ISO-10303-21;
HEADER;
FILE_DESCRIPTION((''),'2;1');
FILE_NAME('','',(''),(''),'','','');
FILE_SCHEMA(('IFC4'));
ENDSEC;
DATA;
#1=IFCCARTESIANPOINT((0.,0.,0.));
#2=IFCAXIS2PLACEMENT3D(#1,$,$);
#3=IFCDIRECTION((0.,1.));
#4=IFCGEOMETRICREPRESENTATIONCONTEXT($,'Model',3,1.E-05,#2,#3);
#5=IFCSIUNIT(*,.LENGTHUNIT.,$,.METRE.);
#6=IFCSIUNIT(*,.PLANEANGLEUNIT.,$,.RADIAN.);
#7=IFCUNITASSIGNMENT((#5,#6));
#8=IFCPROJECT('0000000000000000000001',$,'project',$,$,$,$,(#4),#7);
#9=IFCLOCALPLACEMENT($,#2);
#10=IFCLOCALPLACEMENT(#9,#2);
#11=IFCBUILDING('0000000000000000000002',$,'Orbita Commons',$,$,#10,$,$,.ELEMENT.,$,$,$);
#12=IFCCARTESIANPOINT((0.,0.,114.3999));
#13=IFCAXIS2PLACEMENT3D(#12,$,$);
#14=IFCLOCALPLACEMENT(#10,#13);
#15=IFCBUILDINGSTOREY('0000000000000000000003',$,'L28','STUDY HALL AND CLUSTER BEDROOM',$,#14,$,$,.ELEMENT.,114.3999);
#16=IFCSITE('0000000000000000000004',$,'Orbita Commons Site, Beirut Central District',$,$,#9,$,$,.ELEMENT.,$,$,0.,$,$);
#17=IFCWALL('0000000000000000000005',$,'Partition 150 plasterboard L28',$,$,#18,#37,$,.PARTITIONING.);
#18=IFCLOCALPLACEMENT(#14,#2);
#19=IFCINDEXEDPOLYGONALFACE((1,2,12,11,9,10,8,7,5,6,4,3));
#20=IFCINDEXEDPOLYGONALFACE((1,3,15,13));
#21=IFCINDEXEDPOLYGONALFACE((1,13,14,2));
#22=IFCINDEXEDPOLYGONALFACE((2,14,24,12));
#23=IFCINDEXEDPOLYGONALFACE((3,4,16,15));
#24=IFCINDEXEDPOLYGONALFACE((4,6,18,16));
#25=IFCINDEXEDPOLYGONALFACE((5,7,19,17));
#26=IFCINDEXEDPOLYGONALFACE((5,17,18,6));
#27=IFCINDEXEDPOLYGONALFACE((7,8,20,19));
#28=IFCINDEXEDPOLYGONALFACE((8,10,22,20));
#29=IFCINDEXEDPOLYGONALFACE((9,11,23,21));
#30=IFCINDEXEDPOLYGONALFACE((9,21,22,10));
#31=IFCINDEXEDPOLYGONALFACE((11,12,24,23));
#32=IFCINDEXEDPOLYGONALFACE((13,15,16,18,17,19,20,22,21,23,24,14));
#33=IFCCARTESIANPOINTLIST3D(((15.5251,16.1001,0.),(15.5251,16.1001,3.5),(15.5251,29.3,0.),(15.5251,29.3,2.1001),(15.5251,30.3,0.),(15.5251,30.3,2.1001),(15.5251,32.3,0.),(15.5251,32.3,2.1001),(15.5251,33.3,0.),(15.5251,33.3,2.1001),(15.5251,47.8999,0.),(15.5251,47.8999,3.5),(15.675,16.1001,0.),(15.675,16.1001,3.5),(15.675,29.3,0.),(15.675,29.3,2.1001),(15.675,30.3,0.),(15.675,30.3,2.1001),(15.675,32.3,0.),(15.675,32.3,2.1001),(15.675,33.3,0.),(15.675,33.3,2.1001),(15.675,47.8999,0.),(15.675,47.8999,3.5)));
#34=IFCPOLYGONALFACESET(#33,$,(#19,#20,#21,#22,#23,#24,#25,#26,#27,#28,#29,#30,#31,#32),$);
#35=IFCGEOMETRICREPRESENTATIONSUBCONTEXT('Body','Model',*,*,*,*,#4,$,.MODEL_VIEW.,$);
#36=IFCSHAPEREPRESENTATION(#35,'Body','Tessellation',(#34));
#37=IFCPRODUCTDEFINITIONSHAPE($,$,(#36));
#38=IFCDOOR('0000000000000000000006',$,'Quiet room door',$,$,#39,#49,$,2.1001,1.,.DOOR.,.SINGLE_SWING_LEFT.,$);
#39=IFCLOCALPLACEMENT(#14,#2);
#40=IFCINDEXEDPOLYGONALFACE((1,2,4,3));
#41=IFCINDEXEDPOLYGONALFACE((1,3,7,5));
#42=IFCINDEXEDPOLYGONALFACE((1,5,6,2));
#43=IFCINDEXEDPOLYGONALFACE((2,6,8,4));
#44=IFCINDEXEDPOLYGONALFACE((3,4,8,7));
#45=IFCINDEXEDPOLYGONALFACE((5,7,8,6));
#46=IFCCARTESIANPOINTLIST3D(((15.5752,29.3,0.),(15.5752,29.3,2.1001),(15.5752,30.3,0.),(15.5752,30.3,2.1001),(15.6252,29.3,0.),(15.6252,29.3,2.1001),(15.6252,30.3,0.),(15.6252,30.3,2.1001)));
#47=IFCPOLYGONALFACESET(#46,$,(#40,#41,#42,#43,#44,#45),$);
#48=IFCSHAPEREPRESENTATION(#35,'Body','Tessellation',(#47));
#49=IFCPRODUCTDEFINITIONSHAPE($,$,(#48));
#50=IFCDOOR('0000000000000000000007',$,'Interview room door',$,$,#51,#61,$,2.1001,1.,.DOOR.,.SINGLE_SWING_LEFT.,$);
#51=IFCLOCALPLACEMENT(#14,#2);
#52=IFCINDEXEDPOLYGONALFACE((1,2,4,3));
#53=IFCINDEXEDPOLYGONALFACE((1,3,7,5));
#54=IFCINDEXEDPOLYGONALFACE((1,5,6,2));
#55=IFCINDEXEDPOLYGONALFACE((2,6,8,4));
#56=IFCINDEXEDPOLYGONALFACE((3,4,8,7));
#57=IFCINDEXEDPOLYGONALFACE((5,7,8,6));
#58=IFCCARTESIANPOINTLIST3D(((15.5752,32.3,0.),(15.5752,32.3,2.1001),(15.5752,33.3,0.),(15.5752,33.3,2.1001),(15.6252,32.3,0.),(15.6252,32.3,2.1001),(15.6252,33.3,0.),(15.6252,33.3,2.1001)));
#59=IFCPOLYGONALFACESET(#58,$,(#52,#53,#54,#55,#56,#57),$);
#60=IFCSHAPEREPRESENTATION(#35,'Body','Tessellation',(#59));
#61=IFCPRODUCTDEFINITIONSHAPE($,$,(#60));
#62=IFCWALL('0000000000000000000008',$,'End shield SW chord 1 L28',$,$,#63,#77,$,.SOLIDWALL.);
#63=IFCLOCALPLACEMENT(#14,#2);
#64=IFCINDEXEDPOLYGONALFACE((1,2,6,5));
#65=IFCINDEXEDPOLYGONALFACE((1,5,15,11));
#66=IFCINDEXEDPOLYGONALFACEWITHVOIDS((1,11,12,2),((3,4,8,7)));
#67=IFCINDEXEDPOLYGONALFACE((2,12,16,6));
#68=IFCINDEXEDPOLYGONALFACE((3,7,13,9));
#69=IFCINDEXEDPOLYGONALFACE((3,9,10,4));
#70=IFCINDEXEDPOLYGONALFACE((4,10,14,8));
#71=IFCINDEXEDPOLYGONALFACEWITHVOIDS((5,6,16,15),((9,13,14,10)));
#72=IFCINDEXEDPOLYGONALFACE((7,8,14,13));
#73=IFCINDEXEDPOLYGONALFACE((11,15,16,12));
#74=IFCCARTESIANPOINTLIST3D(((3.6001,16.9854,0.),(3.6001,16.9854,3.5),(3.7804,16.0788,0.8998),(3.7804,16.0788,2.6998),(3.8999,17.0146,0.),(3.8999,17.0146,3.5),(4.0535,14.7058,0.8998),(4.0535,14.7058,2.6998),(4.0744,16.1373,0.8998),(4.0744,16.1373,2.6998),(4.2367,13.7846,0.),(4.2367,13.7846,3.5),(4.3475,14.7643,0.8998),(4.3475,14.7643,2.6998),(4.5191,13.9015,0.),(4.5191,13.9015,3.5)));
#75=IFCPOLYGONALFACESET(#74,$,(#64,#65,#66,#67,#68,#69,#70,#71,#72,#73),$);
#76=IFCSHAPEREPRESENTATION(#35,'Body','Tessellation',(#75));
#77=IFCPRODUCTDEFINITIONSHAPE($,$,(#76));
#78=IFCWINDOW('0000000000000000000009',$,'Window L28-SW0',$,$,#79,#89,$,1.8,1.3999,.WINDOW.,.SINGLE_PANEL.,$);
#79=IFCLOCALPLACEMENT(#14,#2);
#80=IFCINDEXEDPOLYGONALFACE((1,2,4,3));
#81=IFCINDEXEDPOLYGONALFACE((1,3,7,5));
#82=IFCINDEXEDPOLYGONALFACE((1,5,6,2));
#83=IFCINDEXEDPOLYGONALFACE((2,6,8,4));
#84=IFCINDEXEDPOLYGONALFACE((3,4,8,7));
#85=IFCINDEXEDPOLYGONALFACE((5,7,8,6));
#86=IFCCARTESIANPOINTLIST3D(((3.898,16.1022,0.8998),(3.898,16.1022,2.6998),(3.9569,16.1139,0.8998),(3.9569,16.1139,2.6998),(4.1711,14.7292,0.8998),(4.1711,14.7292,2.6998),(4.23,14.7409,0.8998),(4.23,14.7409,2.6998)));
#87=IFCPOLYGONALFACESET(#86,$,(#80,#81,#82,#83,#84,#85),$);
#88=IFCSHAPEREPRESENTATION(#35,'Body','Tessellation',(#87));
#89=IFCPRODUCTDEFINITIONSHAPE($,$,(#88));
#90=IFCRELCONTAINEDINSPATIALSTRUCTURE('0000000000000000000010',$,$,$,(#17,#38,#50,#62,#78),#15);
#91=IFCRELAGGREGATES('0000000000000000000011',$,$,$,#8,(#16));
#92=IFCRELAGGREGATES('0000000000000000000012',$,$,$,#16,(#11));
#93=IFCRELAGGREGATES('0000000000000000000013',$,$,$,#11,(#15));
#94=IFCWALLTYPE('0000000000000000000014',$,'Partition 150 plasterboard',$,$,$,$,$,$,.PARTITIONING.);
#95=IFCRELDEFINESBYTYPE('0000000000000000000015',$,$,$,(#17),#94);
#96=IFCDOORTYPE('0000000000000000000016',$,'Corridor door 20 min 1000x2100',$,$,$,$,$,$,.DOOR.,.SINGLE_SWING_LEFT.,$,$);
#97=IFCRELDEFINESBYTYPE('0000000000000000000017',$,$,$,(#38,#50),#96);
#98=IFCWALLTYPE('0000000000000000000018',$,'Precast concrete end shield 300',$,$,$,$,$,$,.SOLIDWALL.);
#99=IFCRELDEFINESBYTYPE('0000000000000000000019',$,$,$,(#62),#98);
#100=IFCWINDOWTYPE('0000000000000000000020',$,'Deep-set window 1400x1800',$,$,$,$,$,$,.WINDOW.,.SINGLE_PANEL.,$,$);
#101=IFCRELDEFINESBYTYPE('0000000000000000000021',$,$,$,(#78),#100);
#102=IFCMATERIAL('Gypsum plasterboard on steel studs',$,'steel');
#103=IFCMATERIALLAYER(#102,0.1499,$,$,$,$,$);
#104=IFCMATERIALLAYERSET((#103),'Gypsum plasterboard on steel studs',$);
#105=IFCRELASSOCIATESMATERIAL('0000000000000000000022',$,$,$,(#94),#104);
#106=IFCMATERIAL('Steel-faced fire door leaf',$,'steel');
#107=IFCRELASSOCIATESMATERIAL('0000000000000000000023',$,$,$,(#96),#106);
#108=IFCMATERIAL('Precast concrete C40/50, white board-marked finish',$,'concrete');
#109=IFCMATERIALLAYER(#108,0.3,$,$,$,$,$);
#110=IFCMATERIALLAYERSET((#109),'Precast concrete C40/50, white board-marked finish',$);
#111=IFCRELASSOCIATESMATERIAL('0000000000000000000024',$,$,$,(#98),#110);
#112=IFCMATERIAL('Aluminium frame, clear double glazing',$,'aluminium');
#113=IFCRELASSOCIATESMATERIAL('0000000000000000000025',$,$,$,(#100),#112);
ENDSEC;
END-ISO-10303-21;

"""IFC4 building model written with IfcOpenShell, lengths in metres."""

from ifc_helpers import new_model, si_unit, direction, frame, frame_2d, origin, place, context, subcontext, project, spatial, polyline, rectangle, outline, extrude, material, layer, layer_set, type_object, element, fill, save


model = new_model("IFC4")

# Units and contexts
model_context = context("Model", 3, precision=1e-05, world=origin(), true_north=direction((0.0, 1.0)))
body_context = subcontext(model_context, "Body", "Model", "MODEL_VIEW")
ifc_project = project(units=[si_unit("LENGTHUNIT", "METRE"), si_unit("PLANEANGLEUNIT", "RADIAN")], contexts=[model_context])

# Site, building, storey
site_placement = place(None, origin())
site = spatial("IfcSite", under=ifc_project, at=site_placement, Name="Orbita Commons Site, Beirut Central District", CompositionType="ELEMENT", RefElevation=0.0)
building_placement = place(site_placement, origin())
building = spatial("IfcBuilding", under=site, at=building_placement, Name="Orbita Commons", CompositionType="ELEMENT")
storey_placement = place(building_placement, frame((0.0, 0.0, 114.3999)))
storey = spatial("IfcBuildingStorey", under=building, at=storey_placement, Name="L28", Description="STUDY HALL AND CLUSTER BEDROOM", CompositionType="ELEMENT", Elevation=114.3999)

# Wall, openings, doors
ifc_material_1 = material(Name="Gypsum plasterboard on steel studs", Category="steel")
ifc_layer_1 = layer(ifc_material_1, 0.1499)
ifc_layer_set_1 = layer_set([ifc_layer_1], Name="Gypsum plasterboard on steel studs")
wall_type_1 = type_object("IfcWallType", Name="Partition 150 plasterboard", PredefinedType="PARTITIONING", material=ifc_layer_set_1)
wall_1_placement = place(storey_placement, frame((15.6001, 16.1001, 0.0), z_axis=(0.0, 0.0, 1.0), x_axis=(0.0, 1.0, 0.0)))
wall_1 = element("IfcWall", 1, at=wall_1_placement, inside=storey, type_object=wall_type_1, Name="Partition 150 plasterboard L28", PredefinedType="PARTITIONING", context=body_context, shape_type="SweptSolid", body=[
    extrude(rectangle(XDim=31.7998, YDim=0.1499, at=frame_2d((15.8999, 0.0))), origin(), (0.0, 0.0, 1.0), 3.5),
])
opening_1_placement = place(wall_1_placement, frame((13.2, 0.0, 0.0)))
opening_1 = element("IfcOpeningElement", 2, at=opening_1_placement, cuts=wall_1, PredefinedType="OPENING", context=body_context, shape_type="SweptSolid", body=[
    extrude(rectangle(XDim=1.0, YDim=2.1001, at=frame_2d((0.5, 1.05))), frame((0.0, 0.085, 0.0), z_axis=(0.0, -1.0, 0.0), x_axis=(1.0, 0.0, 0.0)), (0.0, 0.0, 1.0), 0.1699),
])
opening_2_placement = place(wall_1_placement, frame((16.2, 0.0, 0.0)))
opening_2 = element("IfcOpeningElement", 3, at=opening_2_placement, cuts=wall_1, PredefinedType="OPENING", context=body_context, shape_type="SweptSolid", body=[
    extrude(rectangle(XDim=1.0, YDim=2.1001, at=frame_2d((0.5, 1.05))), frame((0.0, 0.085, 0.0), z_axis=(0.0, -1.0, 0.0), x_axis=(1.0, 0.0, 0.0)), (0.0, 0.0, 1.0), 0.1699),
])
ifc_material_2 = material(Name="Steel-faced fire door leaf", Category="steel")
door_type_1 = type_object("IfcDoorType", Name="Corridor door 20 min 1000x2100", OperationType="SINGLE_SWING_LEFT", PredefinedType="DOOR", material=ifc_material_2)
door_1_placement = place(opening_1_placement, origin())
door_1 = element("IfcDoor", 4, at=door_1_placement, inside=storey, type_object=door_type_1, Name="Quiet room door", OperationType="SINGLE_SWING_LEFT", OverallHeight=2.1001, OverallWidth=1.0, PredefinedType="DOOR", context=body_context, shape_type="SweptSolid", body=[
    extrude(rectangle(XDim=1.0, YDim=2.1001, at=frame_2d((0.5, 1.05))), frame((0.0, 0.0249, 0.0), z_axis=(0.0, -1.0, 0.0), x_axis=(1.0, 0.0, 0.0)), (0.0, 0.0, 1.0), 0.05),
])
fill(opening_1, door_1)
door_2_placement = place(opening_2_placement, origin())
door_2 = element("IfcDoor", 5, at=door_2_placement, inside=storey, type_object=door_type_1, Name="Interview room door", OperationType="SINGLE_SWING_LEFT", OverallHeight=2.1001, OverallWidth=1.0, PredefinedType="DOOR", context=body_context, shape_type="SweptSolid", body=[
    extrude(rectangle(XDim=1.0, YDim=2.1001, at=frame_2d((0.5, 1.05))), frame((0.0, 0.0249, 0.0), z_axis=(0.0, -1.0, 0.0), x_axis=(1.0, 0.0, 0.0)), (0.0, 0.0, 1.0), 0.05),
])
fill(opening_2, door_2)

# Wall, opening, window
ifc_material_3 = material(Name="Precast concrete C40/50, white board-marked finish", Category="concrete")
ifc_layer_2 = layer(ifc_material_3, 0.3)
ifc_layer_set_2 = layer_set([ifc_layer_2], Name="Precast concrete C40/50, white board-marked finish")
wall_type_2 = type_object("IfcWallType", Name="Precast concrete end shield 300", PredefinedType="SOLIDWALL", material=ifc_layer_set_2)
wall_2_placement = place(storey_placement, frame((3.75, 17.0, 0.0), z_axis=(0.0, 0.0, 1.0), x_axis=(0.19508, -0.980787, 0.0)))
wall_2 = element("IfcWall", 6, at=wall_2_placement, inside=storey, type_object=wall_type_2, Name="End shield SW chord 1 L28", PredefinedType="SOLIDWALL", context=body_context, shape_type="SweptSolid", body=[
    extrude(outline(polyline([(-0.0149, -0.1499), (3.2485, -0.1499), (3.189, 0.1499), (0.0149, 0.1499), (-0.0149, -0.1499)])), origin(), (0.0, 0.0, 1.0), 3.5),
])
opening_3_placement = place(wall_2_placement, frame((0.9094, 0.0, 0.8999)))
opening_3 = element("IfcOpeningElement", 7, at=opening_3_placement, cuts=wall_2, PredefinedType="OPENING", context=body_context, shape_type="SweptSolid", body=[
    extrude(rectangle(XDim=1.3999, YDim=1.8, at=frame_2d((0.7, 0.8999))), frame((0.0, 0.1599, 0.0), z_axis=(0.0, -1.0, 0.0), x_axis=(1.0, 0.0, 0.0)), (0.0, 0.0, 1.0), 0.3201),
])
ifc_material_4 = material(Name="Aluminium frame, clear double glazing", Category="aluminium")
window_type = type_object("IfcWindowType", Name="Deep-set window 1400x1800", PartitioningType="SINGLE_PANEL", PredefinedType="WINDOW", material=ifc_material_4)
window_placement = place(opening_3_placement, origin())
window = element("IfcWindow", 8, at=window_placement, inside=storey, type_object=window_type, Name="Window L28-SW0", OverallHeight=1.8, OverallWidth=1.3999, PartitioningType="SINGLE_PANEL", PredefinedType="WINDOW", context=body_context, shape_type="SweptSolid", body=[
    extrude(rectangle(XDim=1.3999, YDim=1.8, at=frame_2d((0.7, 0.8999))), frame((0.0, 0.03, 0.0), z_axis=(0.0, -1.0, 0.0), x_axis=(1.0, 0.0, 0.0)), (0.0, 0.0, 1.0), 0.0601),
])
fill(opening_3, window)

save(model, "model.ifc")
